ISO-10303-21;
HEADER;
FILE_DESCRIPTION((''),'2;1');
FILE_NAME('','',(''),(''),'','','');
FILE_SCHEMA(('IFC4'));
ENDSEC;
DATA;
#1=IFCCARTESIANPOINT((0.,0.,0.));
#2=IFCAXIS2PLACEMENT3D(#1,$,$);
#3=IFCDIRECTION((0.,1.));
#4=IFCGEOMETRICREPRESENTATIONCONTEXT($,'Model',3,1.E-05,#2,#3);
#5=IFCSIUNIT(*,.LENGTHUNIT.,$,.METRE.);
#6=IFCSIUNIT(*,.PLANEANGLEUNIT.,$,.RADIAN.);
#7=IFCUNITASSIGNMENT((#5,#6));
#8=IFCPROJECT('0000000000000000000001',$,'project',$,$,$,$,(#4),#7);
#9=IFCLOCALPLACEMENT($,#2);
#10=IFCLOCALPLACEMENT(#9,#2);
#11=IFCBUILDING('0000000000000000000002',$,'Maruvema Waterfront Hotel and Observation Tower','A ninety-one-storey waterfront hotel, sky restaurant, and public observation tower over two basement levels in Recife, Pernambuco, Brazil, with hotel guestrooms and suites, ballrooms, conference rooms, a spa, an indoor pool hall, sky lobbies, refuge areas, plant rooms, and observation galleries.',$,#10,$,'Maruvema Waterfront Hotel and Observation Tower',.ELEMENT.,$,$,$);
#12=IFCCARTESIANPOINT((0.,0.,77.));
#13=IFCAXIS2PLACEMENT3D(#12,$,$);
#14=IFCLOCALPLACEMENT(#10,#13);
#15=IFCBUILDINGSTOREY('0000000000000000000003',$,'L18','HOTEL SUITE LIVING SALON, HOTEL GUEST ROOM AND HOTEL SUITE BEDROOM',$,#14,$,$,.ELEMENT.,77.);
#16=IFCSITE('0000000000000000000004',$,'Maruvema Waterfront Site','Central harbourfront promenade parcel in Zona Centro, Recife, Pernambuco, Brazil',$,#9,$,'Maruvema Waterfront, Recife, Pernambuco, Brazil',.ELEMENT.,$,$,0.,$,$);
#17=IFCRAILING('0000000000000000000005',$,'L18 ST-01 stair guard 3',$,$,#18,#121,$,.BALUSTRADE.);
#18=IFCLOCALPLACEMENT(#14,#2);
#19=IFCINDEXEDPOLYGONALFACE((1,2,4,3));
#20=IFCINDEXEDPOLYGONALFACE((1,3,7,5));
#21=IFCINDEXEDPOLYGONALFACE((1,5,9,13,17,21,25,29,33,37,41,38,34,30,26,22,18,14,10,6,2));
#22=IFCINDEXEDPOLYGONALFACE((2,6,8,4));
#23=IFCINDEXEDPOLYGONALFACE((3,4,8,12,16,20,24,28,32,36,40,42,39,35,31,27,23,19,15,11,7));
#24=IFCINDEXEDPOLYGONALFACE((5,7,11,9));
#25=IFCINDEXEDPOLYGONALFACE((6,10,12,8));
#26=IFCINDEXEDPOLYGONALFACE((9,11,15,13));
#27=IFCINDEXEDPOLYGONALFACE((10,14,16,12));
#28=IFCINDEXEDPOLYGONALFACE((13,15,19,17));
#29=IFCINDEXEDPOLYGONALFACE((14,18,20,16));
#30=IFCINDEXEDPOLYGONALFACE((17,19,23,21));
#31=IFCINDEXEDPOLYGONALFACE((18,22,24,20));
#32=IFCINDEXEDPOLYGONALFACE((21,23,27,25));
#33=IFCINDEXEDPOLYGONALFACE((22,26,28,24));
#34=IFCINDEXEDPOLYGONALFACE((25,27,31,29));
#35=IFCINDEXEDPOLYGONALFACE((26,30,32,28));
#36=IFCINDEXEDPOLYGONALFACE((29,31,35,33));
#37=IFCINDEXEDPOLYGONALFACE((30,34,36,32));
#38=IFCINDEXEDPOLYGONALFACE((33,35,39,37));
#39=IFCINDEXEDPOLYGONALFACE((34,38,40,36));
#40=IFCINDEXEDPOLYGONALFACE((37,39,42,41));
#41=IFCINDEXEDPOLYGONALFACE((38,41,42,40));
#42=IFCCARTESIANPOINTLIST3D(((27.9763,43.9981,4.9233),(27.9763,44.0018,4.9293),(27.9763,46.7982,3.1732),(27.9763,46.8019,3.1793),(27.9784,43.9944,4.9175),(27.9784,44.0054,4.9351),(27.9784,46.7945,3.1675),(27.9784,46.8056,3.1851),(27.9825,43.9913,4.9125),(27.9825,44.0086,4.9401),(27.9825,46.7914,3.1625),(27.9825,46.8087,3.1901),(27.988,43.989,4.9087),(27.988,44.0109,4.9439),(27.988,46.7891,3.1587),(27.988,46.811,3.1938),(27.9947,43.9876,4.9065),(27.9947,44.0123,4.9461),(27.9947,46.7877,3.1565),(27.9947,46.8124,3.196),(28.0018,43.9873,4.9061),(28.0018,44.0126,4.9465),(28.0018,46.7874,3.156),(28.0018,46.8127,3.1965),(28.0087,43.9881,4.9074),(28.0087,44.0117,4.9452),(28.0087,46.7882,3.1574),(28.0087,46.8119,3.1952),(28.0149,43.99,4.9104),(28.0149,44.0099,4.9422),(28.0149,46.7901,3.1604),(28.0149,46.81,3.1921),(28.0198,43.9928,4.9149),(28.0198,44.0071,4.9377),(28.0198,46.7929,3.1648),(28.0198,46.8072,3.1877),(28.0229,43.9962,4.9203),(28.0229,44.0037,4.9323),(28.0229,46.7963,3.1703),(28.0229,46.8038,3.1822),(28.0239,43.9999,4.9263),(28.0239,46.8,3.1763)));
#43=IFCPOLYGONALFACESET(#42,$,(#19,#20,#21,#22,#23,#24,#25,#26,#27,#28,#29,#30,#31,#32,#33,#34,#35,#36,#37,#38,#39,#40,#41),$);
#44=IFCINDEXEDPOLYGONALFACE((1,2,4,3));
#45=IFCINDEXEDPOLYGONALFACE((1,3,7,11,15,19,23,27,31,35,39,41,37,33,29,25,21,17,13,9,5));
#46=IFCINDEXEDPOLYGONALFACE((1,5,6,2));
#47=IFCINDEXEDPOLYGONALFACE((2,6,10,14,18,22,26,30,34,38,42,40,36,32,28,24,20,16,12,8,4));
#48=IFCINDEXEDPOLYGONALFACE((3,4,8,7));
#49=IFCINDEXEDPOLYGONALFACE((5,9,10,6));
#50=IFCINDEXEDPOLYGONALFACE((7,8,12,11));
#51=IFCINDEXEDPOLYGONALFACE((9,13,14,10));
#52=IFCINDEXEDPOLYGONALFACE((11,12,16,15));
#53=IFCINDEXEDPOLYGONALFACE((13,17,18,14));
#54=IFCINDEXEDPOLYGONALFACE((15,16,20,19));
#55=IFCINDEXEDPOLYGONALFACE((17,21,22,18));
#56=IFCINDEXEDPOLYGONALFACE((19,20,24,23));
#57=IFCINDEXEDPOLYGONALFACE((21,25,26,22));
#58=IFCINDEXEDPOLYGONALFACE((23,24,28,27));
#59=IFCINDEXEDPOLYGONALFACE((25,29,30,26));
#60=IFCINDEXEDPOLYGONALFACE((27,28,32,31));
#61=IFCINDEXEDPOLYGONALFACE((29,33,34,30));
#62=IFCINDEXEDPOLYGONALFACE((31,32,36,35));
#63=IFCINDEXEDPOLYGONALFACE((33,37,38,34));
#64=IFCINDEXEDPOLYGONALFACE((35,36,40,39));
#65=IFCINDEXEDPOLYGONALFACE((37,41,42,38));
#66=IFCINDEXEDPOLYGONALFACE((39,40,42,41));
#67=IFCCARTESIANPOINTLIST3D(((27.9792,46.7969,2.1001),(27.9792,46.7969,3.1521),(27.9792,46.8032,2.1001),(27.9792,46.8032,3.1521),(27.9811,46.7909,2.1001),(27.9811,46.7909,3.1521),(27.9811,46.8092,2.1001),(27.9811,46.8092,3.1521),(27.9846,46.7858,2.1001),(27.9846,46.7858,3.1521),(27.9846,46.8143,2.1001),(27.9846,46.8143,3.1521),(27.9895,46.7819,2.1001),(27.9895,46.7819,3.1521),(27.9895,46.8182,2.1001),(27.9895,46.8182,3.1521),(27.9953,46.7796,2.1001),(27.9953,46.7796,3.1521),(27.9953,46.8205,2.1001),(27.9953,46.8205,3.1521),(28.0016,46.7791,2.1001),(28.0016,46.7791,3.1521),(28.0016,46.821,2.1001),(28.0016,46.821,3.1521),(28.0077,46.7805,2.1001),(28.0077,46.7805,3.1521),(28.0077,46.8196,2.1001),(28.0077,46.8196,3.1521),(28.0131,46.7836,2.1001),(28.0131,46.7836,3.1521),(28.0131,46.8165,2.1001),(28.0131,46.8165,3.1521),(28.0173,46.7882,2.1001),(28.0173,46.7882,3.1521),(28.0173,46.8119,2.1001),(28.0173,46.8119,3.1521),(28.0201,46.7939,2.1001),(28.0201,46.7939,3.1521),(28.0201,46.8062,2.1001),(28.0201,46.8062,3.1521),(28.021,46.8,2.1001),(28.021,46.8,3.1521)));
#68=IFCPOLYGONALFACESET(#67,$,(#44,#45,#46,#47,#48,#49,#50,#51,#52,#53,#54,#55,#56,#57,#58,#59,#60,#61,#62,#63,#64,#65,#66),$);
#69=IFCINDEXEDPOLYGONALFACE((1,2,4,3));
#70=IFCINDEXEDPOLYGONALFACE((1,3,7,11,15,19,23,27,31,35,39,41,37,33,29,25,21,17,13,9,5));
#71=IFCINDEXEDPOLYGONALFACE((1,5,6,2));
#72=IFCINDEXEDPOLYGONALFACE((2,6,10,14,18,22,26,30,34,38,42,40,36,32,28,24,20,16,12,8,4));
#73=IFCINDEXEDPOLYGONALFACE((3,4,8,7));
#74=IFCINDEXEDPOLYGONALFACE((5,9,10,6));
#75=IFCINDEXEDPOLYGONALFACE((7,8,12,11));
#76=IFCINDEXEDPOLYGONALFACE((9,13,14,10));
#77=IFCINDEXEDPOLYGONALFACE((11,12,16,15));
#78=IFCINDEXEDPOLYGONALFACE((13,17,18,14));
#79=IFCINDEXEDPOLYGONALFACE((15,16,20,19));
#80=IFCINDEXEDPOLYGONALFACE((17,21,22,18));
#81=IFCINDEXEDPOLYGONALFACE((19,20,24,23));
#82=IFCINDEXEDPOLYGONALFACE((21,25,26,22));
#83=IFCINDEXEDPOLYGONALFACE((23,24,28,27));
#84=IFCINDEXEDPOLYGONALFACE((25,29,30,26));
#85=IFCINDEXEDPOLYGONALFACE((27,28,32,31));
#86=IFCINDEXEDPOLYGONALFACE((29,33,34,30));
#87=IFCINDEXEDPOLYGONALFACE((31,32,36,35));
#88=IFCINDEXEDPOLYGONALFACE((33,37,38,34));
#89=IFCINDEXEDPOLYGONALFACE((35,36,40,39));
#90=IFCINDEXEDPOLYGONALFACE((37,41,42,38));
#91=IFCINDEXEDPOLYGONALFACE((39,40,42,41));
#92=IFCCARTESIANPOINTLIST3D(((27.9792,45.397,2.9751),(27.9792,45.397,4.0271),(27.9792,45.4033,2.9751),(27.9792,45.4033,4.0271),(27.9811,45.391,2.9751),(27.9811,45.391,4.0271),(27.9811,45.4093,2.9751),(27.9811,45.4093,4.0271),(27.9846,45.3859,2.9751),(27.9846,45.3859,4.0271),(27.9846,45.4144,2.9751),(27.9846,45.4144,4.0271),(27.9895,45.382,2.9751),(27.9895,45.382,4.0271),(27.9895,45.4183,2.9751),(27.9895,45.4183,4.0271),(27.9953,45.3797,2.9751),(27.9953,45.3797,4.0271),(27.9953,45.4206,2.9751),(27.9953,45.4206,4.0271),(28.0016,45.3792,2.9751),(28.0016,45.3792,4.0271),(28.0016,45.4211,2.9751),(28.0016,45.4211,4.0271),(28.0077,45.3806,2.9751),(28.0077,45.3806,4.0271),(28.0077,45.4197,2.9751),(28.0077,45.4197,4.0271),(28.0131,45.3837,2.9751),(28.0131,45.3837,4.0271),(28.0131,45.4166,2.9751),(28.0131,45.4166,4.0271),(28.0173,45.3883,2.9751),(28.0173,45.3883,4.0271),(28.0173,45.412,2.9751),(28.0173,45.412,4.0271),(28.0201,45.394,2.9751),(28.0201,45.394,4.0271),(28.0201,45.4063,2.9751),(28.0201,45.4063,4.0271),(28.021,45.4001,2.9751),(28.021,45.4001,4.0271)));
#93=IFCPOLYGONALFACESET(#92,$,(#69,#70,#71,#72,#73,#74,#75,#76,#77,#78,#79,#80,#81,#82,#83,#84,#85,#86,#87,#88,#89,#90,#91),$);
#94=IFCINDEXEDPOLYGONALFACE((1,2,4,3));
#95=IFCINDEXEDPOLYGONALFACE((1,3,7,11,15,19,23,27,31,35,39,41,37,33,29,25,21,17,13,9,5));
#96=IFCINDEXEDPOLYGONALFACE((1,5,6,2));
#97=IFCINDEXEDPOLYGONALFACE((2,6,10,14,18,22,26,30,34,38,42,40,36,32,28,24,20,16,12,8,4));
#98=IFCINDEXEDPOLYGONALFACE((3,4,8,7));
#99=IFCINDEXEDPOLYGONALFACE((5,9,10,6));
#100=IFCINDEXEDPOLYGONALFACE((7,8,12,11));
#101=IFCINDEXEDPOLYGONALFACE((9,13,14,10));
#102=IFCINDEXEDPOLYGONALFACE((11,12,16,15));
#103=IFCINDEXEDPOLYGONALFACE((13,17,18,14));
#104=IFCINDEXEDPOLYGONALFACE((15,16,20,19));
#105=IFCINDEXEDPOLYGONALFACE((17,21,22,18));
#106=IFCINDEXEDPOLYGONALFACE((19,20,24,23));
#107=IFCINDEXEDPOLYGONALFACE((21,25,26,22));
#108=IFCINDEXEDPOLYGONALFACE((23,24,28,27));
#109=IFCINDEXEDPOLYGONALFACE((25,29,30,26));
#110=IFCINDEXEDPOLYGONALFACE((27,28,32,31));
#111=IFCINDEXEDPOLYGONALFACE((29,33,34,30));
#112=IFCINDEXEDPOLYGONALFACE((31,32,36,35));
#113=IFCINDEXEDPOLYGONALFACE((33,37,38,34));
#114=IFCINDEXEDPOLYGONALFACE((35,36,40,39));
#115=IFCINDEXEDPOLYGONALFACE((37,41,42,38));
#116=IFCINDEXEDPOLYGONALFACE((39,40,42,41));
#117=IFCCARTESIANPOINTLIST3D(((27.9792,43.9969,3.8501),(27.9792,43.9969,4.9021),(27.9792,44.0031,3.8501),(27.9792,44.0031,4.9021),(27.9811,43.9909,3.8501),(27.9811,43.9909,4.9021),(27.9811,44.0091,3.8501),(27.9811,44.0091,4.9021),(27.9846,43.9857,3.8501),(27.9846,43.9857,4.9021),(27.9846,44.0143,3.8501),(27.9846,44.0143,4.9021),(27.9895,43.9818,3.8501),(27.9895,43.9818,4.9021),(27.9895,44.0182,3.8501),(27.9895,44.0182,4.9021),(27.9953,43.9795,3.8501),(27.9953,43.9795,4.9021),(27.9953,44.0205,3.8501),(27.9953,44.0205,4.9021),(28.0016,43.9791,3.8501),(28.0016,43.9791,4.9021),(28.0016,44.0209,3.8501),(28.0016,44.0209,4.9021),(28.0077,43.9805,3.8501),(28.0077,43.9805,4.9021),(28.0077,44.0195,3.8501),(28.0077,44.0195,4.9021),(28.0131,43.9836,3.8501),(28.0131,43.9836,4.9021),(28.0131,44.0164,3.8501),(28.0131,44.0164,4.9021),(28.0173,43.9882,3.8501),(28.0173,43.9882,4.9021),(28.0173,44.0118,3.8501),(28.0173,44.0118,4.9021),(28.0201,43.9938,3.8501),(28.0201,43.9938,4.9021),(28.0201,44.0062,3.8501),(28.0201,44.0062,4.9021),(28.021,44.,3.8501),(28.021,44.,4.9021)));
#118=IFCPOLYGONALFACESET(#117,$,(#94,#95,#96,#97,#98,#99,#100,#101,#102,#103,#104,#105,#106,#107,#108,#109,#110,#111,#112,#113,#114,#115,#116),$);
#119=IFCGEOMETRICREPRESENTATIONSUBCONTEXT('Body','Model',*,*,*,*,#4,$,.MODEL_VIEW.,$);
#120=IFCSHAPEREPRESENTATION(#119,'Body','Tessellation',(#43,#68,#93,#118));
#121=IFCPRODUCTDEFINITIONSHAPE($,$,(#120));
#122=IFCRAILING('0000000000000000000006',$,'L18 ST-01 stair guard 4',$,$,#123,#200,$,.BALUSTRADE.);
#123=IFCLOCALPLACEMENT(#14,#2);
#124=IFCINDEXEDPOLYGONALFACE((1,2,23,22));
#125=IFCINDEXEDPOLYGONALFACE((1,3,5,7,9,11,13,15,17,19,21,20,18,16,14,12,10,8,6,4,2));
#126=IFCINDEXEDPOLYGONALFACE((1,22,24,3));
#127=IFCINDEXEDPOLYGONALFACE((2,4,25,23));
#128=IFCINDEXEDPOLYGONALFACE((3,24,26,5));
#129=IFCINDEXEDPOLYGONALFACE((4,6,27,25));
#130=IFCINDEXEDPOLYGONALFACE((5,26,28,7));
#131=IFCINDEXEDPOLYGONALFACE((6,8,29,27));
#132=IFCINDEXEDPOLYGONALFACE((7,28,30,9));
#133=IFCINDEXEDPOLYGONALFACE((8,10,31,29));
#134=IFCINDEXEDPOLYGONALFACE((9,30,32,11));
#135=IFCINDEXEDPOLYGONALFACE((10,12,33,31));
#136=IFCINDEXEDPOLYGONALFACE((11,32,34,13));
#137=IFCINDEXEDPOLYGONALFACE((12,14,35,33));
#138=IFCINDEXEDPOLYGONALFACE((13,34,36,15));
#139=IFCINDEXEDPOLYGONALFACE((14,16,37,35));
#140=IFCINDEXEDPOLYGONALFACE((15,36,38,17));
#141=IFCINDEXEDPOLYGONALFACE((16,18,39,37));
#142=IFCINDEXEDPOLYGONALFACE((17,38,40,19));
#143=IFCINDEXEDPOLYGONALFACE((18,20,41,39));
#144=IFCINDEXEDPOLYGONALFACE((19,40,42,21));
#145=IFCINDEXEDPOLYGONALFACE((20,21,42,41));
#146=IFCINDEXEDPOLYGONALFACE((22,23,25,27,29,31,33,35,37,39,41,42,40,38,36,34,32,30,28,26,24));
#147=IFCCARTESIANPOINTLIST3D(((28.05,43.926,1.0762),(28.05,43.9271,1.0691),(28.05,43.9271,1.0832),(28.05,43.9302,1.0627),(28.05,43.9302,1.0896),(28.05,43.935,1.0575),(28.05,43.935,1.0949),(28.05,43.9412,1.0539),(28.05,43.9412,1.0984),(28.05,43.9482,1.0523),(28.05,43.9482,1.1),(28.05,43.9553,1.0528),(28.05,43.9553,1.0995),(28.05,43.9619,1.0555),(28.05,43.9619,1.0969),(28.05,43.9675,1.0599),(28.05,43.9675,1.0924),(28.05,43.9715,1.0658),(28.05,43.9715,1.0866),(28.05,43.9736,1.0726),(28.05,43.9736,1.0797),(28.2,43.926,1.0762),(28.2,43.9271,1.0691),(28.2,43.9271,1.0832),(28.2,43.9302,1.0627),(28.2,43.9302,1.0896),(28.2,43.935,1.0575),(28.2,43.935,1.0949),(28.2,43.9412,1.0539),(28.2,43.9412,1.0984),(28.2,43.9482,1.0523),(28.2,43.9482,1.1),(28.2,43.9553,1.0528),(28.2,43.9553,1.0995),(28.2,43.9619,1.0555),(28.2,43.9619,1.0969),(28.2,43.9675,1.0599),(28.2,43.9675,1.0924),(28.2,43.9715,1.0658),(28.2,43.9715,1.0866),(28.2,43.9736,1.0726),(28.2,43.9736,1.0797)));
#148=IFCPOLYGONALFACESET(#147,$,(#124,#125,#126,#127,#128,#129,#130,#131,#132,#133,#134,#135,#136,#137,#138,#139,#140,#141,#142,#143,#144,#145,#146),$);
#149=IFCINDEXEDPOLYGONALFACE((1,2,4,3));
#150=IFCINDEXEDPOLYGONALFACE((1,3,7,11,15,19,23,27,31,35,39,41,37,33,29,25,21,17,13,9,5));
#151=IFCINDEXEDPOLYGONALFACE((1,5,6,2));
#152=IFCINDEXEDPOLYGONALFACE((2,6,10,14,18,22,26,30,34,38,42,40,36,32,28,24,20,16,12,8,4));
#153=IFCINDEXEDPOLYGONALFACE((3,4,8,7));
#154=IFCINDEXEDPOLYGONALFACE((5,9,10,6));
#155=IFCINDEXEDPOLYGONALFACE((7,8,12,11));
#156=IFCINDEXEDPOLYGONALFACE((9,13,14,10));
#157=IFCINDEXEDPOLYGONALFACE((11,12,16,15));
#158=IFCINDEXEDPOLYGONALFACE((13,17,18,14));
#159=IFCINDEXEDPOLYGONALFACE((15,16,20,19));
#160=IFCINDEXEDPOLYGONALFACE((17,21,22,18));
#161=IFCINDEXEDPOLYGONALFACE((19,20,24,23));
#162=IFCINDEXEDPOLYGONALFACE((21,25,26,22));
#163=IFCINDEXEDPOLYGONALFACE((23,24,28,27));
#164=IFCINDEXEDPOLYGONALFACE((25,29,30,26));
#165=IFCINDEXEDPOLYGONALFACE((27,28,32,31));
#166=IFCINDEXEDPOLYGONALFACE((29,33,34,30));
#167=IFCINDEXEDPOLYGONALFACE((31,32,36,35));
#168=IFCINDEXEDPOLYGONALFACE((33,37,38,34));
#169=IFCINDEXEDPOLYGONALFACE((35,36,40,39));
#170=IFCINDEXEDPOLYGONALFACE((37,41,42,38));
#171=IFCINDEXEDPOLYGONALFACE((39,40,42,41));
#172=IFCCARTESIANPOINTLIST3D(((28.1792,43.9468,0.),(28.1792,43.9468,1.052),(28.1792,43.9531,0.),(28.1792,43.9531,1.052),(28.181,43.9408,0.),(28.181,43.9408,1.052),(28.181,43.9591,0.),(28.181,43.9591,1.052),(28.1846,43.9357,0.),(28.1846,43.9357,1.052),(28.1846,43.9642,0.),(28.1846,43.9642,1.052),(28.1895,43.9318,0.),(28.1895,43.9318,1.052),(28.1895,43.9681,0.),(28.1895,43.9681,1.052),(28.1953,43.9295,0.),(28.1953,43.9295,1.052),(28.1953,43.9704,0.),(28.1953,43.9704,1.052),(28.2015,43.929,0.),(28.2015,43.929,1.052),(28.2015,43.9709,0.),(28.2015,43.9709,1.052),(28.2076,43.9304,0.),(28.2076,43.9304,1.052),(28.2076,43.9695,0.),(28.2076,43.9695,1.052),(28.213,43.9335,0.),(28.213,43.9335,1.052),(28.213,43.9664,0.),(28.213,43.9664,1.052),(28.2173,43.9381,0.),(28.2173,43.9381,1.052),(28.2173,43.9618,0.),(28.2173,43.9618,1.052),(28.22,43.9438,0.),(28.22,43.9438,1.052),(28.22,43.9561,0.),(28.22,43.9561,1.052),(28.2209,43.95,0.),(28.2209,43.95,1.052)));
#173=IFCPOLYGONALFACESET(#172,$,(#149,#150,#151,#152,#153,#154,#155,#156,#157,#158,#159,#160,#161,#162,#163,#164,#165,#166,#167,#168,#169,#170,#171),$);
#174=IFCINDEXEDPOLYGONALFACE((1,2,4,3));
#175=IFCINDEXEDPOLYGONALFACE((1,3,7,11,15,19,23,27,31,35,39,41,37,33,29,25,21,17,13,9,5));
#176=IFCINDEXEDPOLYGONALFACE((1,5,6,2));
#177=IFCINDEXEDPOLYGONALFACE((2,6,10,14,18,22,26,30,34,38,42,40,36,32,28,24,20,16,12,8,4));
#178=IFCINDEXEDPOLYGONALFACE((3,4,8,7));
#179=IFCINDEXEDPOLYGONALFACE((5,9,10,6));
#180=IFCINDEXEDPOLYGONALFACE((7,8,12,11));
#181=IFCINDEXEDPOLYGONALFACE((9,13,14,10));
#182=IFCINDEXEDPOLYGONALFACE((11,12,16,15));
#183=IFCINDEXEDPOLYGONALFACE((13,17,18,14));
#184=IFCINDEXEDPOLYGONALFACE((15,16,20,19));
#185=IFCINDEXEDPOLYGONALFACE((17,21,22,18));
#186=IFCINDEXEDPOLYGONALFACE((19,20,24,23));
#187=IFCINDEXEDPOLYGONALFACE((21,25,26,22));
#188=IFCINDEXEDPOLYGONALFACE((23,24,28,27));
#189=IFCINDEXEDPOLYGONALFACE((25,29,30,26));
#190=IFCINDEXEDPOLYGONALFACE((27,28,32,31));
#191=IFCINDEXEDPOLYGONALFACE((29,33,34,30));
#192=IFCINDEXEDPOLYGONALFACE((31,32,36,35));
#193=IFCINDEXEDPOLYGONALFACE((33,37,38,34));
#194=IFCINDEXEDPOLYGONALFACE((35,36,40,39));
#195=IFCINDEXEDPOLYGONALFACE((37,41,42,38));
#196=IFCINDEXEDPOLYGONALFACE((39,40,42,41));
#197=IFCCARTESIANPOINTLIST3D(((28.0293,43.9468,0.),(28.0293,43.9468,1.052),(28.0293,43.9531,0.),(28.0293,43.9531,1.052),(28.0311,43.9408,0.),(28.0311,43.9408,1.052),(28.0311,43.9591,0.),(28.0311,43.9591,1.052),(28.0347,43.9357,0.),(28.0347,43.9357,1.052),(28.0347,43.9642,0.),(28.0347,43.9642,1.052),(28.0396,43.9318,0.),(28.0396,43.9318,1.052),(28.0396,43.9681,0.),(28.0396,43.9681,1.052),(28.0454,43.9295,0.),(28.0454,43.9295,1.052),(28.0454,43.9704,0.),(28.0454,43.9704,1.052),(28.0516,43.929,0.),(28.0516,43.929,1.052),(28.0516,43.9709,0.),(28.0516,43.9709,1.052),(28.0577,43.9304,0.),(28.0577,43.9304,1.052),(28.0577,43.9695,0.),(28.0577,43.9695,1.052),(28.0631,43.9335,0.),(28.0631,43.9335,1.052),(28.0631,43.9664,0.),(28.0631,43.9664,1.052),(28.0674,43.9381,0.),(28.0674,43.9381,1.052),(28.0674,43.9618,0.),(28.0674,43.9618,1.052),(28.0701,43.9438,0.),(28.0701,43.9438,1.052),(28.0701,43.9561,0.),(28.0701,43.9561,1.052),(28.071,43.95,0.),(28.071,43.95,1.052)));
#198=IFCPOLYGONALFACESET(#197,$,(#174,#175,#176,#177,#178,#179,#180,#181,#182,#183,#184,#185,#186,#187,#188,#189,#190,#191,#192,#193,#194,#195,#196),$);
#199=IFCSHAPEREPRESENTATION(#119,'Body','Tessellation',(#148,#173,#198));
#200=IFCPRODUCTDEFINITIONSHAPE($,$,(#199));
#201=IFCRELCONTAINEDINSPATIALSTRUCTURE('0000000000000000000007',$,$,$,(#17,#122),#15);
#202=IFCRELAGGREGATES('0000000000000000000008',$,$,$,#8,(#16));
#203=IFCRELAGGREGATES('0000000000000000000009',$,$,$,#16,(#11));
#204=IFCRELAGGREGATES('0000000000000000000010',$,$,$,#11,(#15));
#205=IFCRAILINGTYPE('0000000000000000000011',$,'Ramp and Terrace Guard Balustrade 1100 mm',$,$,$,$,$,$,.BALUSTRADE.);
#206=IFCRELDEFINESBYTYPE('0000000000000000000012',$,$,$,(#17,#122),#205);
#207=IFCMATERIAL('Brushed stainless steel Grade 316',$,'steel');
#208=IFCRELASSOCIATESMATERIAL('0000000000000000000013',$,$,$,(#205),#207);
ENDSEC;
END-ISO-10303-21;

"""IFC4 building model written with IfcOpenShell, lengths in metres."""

from ifc_helpers import new_model, si_unit, direction, frame, origin, origin_2d, place, context, subcontext, project, spatial, circle, extrude, material, type_object, element, save


model = new_model("IFC4")

# Units and contexts
model_context = context("Model", 3, precision=1e-05, world=origin(), true_north=direction((0.0, 1.0)))
body_context = subcontext(model_context, "Body", "Model", "MODEL_VIEW")
ifc_project = project(units=[si_unit("LENGTHUNIT", "METRE"), si_unit("PLANEANGLEUNIT", "RADIAN")], contexts=[model_context])

# Site, building, storey
site_placement = place(None, origin())
site = spatial("IfcSite", under=ifc_project, at=site_placement, Name="Maruvema Waterfront Site", Description="Central harbourfront promenade parcel in Zona Centro, Recife, Pernambuco, Brazil", LongName="Maruvema Waterfront, Recife, Pernambuco, Brazil", CompositionType="ELEMENT", RefElevation=0.0)
building_placement = place(site_placement, origin())
building = spatial("IfcBuilding", under=site, at=building_placement, Name="Maruvema Waterfront Hotel and Observation Tower", Description="A ninety-one-storey waterfront hotel, sky restaurant, and public observation tower over two basement levels in Recife, Pernambuco, Brazil, with hotel guestrooms and suites, ballrooms, conference rooms, a spa, an indoor pool hall, sky lobbies, refuge areas, plant rooms, and observation galleries.", LongName="Maruvema Waterfront Hotel and Observation Tower", CompositionType="ELEMENT")
storey_placement = place(building_placement, frame((0.0, 0.0, 77.0)))
storey = spatial("IfcBuildingStorey", under=building, at=storey_placement, Name="L18", Description="HOTEL SUITE LIVING SALON, HOTEL GUEST ROOM AND HOTEL SUITE BEDROOM", CompositionType="ELEMENT", Elevation=77.0)

# Railings
ifc_material_1 = material(Name="Brushed stainless steel Grade 316", Category="steel")
railing_type_1 = type_object("IfcRailingType", Name="Ramp and Terrace Guard Balustrade 1100 mm", PredefinedType="BALUSTRADE", material=ifc_material_1)
railing_1_placement = place(storey_placement, frame((28.0, 46.8, 2.1001)))
element("IfcRailing", 1, at=railing_1_placement, inside=storey, type_object=railing_type_1, Name="L18 ST-01 stair guard 3", PredefinedType="BALUSTRADE", context=body_context, shape_type="SweptSolid", body=[
    extrude(circle(Radius=0.0239, at=origin_2d()), frame((0.0, 0.0, 1.0762), z_axis=(0.0, -0.848002, 0.529992), x_axis=(1.0, 0.0, 0.0)), (0.0, 0.0, 1.0), 3.302),
    extrude(circle(Radius=0.021, at=origin_2d()), origin(), (0.0, 0.0, 1.0), 1.052),
    extrude(circle(Radius=0.021, at=origin_2d()), frame((0.0, -1.3999, 0.875)), (0.0, 0.0, 1.0), 1.052),
    extrude(circle(Radius=0.021, at=origin_2d()), frame((0.0, -2.8, 1.75)), (0.0, 0.0, 1.0), 1.052),
])
railing_2_placement = place(storey_placement, frame((28.2, 43.95, 0.0)))
element("IfcRailing", 2, at=railing_2_placement, inside=storey, type_object=railing_type_1, Name="L18 ST-01 stair guard 4", PredefinedType="BALUSTRADE", context=body_context, shape_type="SweptSolid", body=[
    extrude(circle(Radius=0.0239, at=origin_2d()), frame((0.0, 0.0, 1.0762), z_axis=(-1.0, 0.0, 0.0), x_axis=(0.0, -1.0, 0.0)), (0.0, 0.0, 1.0), 0.1499),
    extrude(circle(Radius=0.021, at=origin_2d()), origin(), (0.0, 0.0, 1.0), 1.052),
    extrude(circle(Radius=0.021, at=origin_2d()), frame((-0.1499, 0.0, 0.0)), (0.0, 0.0, 1.0), 1.052),
])

save(model, "model.ifc")
